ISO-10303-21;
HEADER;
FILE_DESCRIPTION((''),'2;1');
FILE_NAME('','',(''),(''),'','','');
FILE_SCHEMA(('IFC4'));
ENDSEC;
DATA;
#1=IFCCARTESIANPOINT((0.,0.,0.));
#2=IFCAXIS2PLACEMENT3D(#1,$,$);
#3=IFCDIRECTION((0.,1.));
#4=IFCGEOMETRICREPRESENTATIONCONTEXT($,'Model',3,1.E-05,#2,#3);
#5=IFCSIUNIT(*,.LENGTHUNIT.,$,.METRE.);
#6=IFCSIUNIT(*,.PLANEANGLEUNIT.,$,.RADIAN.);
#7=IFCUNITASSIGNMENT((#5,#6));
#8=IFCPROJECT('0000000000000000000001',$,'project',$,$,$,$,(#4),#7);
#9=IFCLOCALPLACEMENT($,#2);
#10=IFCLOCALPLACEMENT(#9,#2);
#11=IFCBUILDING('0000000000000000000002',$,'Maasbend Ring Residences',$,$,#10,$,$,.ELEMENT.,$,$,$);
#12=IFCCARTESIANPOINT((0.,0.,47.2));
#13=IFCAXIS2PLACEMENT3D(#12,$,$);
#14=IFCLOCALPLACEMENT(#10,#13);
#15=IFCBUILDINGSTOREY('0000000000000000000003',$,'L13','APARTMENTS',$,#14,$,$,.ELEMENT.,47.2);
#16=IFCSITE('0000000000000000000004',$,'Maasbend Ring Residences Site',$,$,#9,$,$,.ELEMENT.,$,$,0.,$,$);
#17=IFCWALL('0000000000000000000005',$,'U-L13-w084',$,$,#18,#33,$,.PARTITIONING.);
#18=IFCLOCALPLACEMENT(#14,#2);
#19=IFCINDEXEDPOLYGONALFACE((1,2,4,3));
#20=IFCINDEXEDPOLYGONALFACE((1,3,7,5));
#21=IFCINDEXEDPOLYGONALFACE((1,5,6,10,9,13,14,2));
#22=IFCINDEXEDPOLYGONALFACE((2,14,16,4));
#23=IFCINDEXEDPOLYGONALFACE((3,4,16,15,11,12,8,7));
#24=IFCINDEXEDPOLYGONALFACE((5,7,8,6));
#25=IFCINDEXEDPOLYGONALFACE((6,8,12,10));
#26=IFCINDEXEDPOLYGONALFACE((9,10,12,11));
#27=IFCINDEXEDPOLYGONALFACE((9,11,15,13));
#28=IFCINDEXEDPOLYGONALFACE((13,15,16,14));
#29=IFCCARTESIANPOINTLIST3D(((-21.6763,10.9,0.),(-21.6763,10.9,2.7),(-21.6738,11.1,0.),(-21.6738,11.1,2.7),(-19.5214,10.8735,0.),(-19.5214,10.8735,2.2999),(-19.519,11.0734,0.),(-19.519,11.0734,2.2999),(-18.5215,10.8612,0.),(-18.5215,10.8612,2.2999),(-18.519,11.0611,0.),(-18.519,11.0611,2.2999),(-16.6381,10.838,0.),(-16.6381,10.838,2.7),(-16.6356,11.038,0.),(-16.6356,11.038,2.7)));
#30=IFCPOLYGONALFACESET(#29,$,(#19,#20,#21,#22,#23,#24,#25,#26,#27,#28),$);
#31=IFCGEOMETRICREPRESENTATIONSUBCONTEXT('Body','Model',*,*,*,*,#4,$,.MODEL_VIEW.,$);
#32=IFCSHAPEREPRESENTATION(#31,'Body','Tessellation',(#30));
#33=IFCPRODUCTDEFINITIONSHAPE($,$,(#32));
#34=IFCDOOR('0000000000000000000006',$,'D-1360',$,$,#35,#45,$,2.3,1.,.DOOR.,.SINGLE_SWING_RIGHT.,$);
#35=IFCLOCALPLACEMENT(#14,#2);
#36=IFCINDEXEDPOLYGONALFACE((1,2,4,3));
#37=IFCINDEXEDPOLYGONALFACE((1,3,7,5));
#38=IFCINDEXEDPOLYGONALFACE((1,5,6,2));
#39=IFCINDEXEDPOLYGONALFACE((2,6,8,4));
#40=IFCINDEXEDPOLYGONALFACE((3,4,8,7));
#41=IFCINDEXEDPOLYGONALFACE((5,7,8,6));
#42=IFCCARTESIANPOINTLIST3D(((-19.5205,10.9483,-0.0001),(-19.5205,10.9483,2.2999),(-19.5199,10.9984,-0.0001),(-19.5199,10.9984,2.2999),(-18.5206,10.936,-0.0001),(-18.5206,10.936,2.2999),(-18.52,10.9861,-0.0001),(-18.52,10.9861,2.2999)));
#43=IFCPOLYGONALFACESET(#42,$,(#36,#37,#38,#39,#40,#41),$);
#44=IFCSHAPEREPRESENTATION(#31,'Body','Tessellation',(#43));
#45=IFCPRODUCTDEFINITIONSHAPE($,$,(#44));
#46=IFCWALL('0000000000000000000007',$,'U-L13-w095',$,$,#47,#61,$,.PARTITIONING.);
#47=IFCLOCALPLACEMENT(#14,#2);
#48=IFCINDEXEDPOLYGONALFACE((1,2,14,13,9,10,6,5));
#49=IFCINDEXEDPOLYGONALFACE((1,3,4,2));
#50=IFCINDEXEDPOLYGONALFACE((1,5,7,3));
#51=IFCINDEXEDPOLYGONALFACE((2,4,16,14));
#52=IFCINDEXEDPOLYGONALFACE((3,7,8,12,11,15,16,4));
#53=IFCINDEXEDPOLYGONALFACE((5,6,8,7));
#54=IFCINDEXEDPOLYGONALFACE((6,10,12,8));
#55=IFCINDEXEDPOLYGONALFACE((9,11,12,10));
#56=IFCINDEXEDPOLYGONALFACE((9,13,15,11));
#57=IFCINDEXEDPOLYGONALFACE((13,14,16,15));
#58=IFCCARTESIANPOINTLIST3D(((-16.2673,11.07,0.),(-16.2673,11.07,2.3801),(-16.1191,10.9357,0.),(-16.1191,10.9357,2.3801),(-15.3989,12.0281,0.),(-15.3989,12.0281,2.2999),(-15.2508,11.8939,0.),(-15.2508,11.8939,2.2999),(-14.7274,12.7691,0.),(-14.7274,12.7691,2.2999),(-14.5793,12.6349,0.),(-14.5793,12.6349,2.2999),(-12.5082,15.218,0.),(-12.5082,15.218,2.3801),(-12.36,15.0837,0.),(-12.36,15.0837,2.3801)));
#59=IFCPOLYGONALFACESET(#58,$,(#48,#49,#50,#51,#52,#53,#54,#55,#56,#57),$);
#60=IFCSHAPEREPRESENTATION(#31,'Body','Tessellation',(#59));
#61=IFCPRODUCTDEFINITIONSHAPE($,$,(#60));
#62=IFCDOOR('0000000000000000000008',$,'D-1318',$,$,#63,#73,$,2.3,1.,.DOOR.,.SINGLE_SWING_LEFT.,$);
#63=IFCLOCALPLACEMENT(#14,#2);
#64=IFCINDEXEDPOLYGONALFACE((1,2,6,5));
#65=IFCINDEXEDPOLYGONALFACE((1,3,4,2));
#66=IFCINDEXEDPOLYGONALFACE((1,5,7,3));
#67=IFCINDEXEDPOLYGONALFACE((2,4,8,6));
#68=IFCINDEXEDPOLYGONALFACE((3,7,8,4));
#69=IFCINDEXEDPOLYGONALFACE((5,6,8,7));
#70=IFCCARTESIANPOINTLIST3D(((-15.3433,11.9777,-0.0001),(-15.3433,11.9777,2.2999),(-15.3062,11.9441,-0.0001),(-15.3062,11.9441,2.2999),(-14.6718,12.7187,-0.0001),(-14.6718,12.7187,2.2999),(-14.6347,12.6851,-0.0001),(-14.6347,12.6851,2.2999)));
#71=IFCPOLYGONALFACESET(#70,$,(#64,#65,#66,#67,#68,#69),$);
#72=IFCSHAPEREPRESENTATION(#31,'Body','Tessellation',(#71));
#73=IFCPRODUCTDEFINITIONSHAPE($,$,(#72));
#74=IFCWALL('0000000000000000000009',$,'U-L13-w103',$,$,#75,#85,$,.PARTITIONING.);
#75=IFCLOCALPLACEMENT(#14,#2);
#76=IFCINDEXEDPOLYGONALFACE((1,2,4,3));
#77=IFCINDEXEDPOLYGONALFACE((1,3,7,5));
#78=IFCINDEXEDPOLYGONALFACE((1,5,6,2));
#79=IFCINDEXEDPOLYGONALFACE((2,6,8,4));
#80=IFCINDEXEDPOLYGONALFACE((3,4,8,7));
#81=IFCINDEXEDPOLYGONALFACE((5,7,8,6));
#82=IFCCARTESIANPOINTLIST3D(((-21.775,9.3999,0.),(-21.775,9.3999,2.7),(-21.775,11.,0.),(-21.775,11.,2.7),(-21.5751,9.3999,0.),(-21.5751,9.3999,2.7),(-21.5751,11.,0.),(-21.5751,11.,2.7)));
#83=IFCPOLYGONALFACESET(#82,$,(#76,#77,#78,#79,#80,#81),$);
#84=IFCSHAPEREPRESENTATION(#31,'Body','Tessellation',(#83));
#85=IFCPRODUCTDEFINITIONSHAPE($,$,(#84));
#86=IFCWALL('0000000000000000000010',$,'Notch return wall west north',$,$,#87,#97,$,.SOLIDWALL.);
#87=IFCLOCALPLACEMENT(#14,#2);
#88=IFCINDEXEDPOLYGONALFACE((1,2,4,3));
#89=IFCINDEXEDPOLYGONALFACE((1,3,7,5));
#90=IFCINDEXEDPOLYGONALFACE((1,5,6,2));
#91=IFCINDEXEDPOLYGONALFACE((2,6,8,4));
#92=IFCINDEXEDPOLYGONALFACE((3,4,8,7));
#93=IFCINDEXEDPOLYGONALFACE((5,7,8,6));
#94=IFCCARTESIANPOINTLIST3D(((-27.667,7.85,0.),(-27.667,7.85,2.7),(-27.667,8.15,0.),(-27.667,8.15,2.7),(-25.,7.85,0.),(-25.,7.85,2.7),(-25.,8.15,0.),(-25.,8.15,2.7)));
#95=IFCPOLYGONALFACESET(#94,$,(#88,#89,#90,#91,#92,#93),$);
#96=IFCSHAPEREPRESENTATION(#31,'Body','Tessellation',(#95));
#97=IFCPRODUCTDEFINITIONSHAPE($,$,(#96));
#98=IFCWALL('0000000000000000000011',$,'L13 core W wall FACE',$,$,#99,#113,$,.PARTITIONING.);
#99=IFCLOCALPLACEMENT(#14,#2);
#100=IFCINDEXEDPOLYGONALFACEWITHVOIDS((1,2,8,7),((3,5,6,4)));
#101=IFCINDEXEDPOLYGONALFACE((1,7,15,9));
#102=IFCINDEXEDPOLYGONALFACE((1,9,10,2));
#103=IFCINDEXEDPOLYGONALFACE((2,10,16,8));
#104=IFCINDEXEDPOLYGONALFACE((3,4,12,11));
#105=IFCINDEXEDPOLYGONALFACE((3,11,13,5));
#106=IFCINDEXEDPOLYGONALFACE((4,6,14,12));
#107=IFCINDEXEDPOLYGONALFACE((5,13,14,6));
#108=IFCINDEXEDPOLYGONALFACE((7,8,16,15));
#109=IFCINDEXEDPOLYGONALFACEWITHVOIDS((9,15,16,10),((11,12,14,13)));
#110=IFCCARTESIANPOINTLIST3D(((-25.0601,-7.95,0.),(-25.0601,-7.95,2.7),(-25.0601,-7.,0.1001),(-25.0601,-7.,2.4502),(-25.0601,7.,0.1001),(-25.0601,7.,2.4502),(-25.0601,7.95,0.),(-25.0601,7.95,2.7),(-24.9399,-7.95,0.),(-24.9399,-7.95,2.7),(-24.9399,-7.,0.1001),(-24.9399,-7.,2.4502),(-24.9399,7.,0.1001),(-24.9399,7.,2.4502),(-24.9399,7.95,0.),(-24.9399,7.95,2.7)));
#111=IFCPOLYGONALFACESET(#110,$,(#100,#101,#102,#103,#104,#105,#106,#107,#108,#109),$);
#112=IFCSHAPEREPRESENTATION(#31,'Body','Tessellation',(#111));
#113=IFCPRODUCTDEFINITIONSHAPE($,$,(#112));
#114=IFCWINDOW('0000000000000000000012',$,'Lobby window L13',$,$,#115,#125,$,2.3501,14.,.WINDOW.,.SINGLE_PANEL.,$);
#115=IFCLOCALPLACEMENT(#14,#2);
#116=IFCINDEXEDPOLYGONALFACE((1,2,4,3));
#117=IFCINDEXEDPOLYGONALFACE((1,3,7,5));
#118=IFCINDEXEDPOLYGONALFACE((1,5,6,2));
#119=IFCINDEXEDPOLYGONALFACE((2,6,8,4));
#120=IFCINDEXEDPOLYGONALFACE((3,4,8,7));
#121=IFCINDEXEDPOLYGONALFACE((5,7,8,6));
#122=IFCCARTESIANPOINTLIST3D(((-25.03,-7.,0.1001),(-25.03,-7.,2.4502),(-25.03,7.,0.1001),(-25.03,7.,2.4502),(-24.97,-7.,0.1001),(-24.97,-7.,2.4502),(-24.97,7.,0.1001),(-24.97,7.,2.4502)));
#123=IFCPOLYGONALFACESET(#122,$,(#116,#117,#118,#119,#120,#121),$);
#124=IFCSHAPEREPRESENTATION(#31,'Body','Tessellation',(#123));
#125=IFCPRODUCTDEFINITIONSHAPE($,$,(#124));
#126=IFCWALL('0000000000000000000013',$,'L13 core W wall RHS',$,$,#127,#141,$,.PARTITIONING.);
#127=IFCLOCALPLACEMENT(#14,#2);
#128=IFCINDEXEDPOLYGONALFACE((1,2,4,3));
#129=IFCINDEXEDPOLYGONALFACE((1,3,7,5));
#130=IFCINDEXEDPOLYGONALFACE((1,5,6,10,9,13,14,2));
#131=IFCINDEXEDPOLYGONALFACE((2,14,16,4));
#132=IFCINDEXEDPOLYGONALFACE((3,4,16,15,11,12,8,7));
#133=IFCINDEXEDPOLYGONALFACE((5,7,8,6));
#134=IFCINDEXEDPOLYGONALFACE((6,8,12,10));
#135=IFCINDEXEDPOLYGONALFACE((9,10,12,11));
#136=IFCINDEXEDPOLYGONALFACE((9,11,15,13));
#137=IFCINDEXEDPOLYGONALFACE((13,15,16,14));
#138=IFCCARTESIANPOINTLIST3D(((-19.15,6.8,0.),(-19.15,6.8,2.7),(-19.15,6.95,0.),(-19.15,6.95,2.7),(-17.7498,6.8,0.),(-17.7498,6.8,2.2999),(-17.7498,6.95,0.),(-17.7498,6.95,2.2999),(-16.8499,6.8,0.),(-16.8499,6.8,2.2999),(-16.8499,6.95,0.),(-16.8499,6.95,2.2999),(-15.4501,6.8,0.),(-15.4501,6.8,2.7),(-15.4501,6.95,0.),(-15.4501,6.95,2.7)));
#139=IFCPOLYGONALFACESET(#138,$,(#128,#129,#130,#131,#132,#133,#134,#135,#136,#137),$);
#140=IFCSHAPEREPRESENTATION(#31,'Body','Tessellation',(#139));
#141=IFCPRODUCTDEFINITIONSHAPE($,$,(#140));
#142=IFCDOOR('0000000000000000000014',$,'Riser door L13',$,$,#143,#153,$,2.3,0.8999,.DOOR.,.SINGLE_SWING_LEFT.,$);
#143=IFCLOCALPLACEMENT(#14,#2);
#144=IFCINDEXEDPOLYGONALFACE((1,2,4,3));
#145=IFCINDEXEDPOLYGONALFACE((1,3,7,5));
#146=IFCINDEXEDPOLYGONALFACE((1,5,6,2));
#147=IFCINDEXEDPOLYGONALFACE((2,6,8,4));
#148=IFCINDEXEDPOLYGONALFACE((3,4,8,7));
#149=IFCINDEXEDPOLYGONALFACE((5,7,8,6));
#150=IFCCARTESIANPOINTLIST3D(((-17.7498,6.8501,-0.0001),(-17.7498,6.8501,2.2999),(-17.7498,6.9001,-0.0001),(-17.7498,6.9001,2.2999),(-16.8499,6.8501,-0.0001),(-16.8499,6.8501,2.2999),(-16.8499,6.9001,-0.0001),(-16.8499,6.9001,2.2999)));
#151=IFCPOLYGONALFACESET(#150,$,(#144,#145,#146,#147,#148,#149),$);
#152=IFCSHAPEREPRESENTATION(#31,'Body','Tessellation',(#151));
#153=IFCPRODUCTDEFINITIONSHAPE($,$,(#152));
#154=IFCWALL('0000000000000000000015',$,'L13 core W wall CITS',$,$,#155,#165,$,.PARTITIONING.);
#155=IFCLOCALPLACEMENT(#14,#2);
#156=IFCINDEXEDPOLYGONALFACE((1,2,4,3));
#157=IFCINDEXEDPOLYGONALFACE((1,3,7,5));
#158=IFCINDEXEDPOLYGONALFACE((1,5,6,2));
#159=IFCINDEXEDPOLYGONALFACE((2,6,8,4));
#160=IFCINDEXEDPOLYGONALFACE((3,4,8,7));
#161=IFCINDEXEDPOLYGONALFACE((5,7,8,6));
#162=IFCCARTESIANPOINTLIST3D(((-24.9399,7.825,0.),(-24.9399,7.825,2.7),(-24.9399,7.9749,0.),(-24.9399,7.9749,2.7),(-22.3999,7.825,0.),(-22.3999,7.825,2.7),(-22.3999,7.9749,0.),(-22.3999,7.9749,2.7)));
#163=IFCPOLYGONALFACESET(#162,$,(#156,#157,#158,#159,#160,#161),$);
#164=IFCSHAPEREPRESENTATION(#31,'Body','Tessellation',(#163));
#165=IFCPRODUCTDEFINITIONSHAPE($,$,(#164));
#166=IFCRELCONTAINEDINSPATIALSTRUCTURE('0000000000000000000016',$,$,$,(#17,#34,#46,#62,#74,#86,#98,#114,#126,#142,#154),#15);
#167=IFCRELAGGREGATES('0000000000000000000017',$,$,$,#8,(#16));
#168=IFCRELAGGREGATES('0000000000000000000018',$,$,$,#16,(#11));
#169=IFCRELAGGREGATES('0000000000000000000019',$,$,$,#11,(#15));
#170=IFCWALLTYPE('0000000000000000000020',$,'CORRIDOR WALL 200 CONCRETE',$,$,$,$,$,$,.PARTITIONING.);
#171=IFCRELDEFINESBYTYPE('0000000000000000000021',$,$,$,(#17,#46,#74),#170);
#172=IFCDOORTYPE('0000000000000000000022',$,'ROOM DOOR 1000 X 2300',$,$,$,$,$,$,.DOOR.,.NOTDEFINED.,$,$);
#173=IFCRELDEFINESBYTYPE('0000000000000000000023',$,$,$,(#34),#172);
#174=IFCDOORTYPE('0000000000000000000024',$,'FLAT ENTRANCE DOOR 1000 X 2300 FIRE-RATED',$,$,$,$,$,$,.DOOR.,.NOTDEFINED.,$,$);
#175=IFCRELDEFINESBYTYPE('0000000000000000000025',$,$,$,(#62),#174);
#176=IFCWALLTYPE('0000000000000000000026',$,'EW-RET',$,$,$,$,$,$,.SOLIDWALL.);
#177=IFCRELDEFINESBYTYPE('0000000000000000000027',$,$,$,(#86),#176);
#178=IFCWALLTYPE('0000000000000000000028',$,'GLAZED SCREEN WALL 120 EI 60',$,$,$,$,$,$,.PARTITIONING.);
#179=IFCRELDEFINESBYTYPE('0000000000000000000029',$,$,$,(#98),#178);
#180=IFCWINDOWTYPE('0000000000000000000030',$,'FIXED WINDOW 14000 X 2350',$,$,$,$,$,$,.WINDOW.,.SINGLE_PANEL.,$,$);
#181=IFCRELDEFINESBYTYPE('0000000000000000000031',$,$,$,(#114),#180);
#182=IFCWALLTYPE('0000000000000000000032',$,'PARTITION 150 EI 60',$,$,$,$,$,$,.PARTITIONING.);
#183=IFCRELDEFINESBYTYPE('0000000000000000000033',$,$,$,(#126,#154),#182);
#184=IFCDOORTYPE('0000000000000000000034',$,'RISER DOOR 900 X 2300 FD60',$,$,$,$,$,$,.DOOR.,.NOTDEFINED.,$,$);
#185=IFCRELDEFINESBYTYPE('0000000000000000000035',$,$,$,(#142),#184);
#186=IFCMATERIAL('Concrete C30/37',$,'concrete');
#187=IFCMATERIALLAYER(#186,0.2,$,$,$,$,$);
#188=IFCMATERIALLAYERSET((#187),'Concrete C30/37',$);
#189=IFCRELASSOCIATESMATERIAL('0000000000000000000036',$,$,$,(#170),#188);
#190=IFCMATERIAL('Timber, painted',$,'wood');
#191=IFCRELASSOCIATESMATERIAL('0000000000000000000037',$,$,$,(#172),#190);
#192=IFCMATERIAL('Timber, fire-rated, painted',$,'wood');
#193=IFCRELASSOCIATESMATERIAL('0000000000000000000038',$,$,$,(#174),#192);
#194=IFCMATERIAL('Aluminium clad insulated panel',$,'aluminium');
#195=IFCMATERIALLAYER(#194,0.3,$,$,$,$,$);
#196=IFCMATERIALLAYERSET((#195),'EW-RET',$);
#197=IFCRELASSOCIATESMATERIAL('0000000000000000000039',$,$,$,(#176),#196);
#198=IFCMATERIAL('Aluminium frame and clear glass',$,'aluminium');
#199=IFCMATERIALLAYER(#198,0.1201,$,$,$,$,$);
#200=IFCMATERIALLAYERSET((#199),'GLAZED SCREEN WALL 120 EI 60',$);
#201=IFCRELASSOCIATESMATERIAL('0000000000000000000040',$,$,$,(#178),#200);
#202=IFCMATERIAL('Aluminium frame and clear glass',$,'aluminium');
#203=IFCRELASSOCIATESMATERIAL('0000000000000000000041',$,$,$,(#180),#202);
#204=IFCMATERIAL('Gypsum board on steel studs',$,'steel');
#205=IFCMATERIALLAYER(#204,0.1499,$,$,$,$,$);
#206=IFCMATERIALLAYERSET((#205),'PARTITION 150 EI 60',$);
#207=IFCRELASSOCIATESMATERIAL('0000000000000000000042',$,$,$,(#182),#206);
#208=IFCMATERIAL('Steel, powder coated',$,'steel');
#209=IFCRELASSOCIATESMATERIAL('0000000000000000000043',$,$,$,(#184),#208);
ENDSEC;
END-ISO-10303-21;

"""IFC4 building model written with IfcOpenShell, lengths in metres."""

from ifc_helpers import new_model, si_unit, direction, frame, frame_2d, origin, place, context, subcontext, project, spatial, rectangle, extrude, material, layer, layer_set, type_object, element, fill, save


model = new_model("IFC4")

# Units and contexts
model_context = context("Model", 3, precision=1e-05, world=origin(), true_north=direction((0.0, 1.0)))
body_context = subcontext(model_context, "Body", "Model", "MODEL_VIEW")
ifc_project = project(units=[si_unit("LENGTHUNIT", "METRE"), si_unit("PLANEANGLEUNIT", "RADIAN")], contexts=[model_context])

# Site, building, storey
site_placement = place(None, origin())
site = spatial("IfcSite", under=ifc_project, at=site_placement, Name="Maasbend Ring Residences Site", CompositionType="ELEMENT", RefElevation=0.0)
building_placement = place(site_placement, origin())
building = spatial("IfcBuilding", under=site, at=building_placement, Name="Maasbend Ring Residences", CompositionType="ELEMENT")
storey_placement = place(building_placement, frame((0.0, 0.0, 47.2)))
storey = spatial("IfcBuildingStorey", under=building, at=storey_placement, Name="L13", Description="APARTMENTS", CompositionType="ELEMENT", Elevation=47.2)

# Walls, openings, doors
ifc_material_1 = material(Name="Concrete C30/37", Category="concrete")
ifc_layer_1 = layer(ifc_material_1, 0.2)
ifc_layer_set_1 = layer_set([ifc_layer_1], Name="Concrete C30/37")
wall_type_1 = type_object("IfcWallType", Name="CORRIDOR WALL 200 CONCRETE", PredefinedType="PARTITIONING", material=ifc_layer_set_1)
wall_1_placement = place(storey_placement, frame((-21.675, 11.0, 0.0), z_axis=(0.0, 0.0, 1.0), x_axis=(0.999924, -0.012308, 0.0)))
wall_1 = element("IfcWall", 1, at=wall_1_placement, inside=storey, type_object=wall_type_1, Name="U-L13-w084", PredefinedType="PARTITIONING", context=body_context, shape_type="SweptSolid", body=[
    extrude(rectangle(XDim=5.0386, YDim=0.2, at=frame_2d((2.5193, 0.0))), origin(), (0.0, 0.0, 1.0), 2.7),
])
opening_1_placement = place(wall_1_placement, frame((2.155, 0.0, 0.0)))
opening_1 = element("IfcOpeningElement", 2, at=opening_1_placement, cuts=wall_1, PredefinedType="OPENING", context=body_context, shape_type="SweptSolid", body=[
    extrude(rectangle(XDim=1.0, YDim=2.3, at=frame_2d((0.5, 1.1499))), frame((0.0, 0.1099, 0.0), z_axis=(0.0, -1.0, 0.0), x_axis=(1.0, 0.0, 0.0)), (0.0, 0.0, 1.0), 0.22),
])
ifc_material_2 = material(Name="Timber, painted", Category="wood")
door_type_1 = type_object("IfcDoorType", Name="ROOM DOOR 1000 X 2300", OperationType="NOTDEFINED", PredefinedType="DOOR", material=ifc_material_2)
door_1_placement = place(opening_1_placement, origin())
door_1 = element("IfcDoor", 3, at=door_1_placement, inside=storey, type_object=door_type_1, Name="D-1360", OperationType="SINGLE_SWING_RIGHT", OverallHeight=2.3, OverallWidth=1.0, PredefinedType="DOOR", context=body_context, shape_type="SweptSolid", body=[
    extrude(rectangle(XDim=1.0, YDim=2.3, at=frame_2d((0.5, 1.1499))), frame((0.0, 0.0249, 0.0), z_axis=(0.0, -1.0, 0.0), x_axis=(1.0, 0.0, 0.0)), (0.0, 0.0, 1.0), 0.05),
])
fill(opening_1, door_1)
wall_2_placement = place(storey_placement, frame((-16.1931, 11.0029, 0.0), z_axis=(0.0, 0.0, 1.0), x_axis=(0.671515, 0.740991, 0.0)))
wall_2 = element("IfcWall", 4, at=wall_2_placement, inside=storey, type_object=wall_type_1, Name="U-L13-w095", PredefinedType="PARTITIONING", context=body_context, shape_type="SweptSolid", body=[
    extrude(rectangle(XDim=5.5979, YDim=0.2, at=frame_2d((2.7988, 0.0))), origin(), (0.0, 0.0, 1.0), 2.3801),
])
opening_2_placement = place(wall_2_placement, frame((1.293, 0.0, 0.0)))
opening_2 = element("IfcOpeningElement", 5, at=opening_2_placement, cuts=wall_2, PredefinedType="OPENING", context=body_context, shape_type="SweptSolid", body=[
    extrude(rectangle(XDim=1.0, YDim=2.3, at=frame_2d((0.5, 1.1499))), frame((0.0, 0.1099, 0.0), z_axis=(0.0, -1.0, 0.0), x_axis=(1.0, 0.0, 0.0)), (0.0, 0.0, 1.0), 0.22),
])
ifc_material_3 = material(Name="Timber, fire-rated, painted", Category="wood")
door_type_2 = type_object("IfcDoorType", Name="FLAT ENTRANCE DOOR 1000 X 2300 FIRE-RATED", OperationType="NOTDEFINED", PredefinedType="DOOR", material=ifc_material_3)
door_2_placement = place(opening_2_placement, origin())
door_2 = element("IfcDoor", 6, at=door_2_placement, inside=storey, type_object=door_type_2, Name="D-1318", OperationType="SINGLE_SWING_LEFT", OverallHeight=2.3, OverallWidth=1.0, PredefinedType="DOOR", context=body_context, shape_type="SweptSolid", body=[
    extrude(rectangle(XDim=1.0, YDim=2.3, at=frame_2d((0.5, 1.1499))), frame((0.0, 0.0249, 0.0), z_axis=(0.0, -1.0, 0.0), x_axis=(1.0, 0.0, 0.0)), (0.0, 0.0, 1.0), 0.05),
])
fill(opening_2, door_2)

# Walls
wall_3_placement = place(storey_placement, frame((-21.675, 9.3999, 0.0), z_axis=(0.0, 0.0, 1.0), x_axis=(0.0, 1.0, 0.0)))
element("IfcWall", 7, at=wall_3_placement, inside=storey, type_object=wall_type_1, Name="U-L13-w103", PredefinedType="PARTITIONING", context=body_context, shape_type="SweptSolid", body=[
    extrude(rectangle(XDim=1.6001, YDim=0.2, at=frame_2d((0.8, 0.0))), origin(), (0.0, 0.0, 1.0), 2.7),
])
ifc_material_4 = material(Name="Aluminium clad insulated panel", Category="aluminium")
ifc_layer_2 = layer(ifc_material_4, 0.3)
ifc_layer_set_2 = layer_set([ifc_layer_2], Name="EW-RET")
wall_type_2 = type_object("IfcWallType", Name="EW-RET", PredefinedType="SOLIDWALL", material=ifc_layer_set_2)
wall_4_placement = place(storey_placement, frame((-25.0, 8.0, 0.0), z_axis=(0.0, 0.0, 1.0), x_axis=(-1.0, 0.0, 0.0)))
element("IfcWall", 8, at=wall_4_placement, inside=storey, type_object=wall_type_2, Name="Notch return wall west north", PredefinedType="SOLIDWALL", context=body_context, shape_type="SweptSolid", body=[
    extrude(rectangle(XDim=2.667, YDim=0.3, at=frame_2d((1.3335, 0.0))), origin(), (0.0, 0.0, 1.0), 2.7),
])

# Wall, opening, window
ifc_material_5 = material(Name="Aluminium frame and clear glass", Category="aluminium")
ifc_layer_3 = layer(ifc_material_5, 0.1201)
ifc_layer_set_3 = layer_set([ifc_layer_3], Name="GLAZED SCREEN WALL 120 EI 60")
wall_type_3 = type_object("IfcWallType", Name="GLAZED SCREEN WALL 120 EI 60", PredefinedType="PARTITIONING", material=ifc_layer_set_3)
wall_5_placement = place(storey_placement, frame((-25.0, 7.95, 0.0), z_axis=(0.0, 0.0, 1.0), x_axis=(0.0, -1.0, 0.0)))
wall_5 = element("IfcWall", 9, at=wall_5_placement, inside=storey, type_object=wall_type_3, Name="L13 core W wall FACE", PredefinedType="PARTITIONING", context=body_context, shape_type="SweptSolid", body=[
    extrude(rectangle(XDim=15.8999, YDim=0.1201, at=frame_2d((7.95, 0.0))), origin(), (0.0, 0.0, 1.0), 2.7),
])
opening_3_placement = place(wall_5_placement, frame((0.95, 0.0, 0.1001)))
opening_3 = element("IfcOpeningElement", 10, at=opening_3_placement, cuts=wall_5, PredefinedType="OPENING", context=body_context, shape_type="SweptSolid", body=[
    extrude(rectangle(XDim=14.0, YDim=2.3501, at=frame_2d((7.0, 1.175))), frame((0.0, 0.0701, 0.0), z_axis=(0.0, -1.0, 0.0), x_axis=(1.0, 0.0, 0.0)), (0.0, 0.0, 1.0), 0.1401),
])
ifc_material_6 = material(Name="Aluminium frame and clear glass", Category="aluminium")
window_type = type_object("IfcWindowType", Name="FIXED WINDOW 14000 X 2350", PartitioningType="SINGLE_PANEL", PredefinedType="WINDOW", material=ifc_material_6)
window_placement = place(opening_3_placement, origin())
window = element("IfcWindow", 11, at=window_placement, inside=storey, type_object=window_type, Name="Lobby window L13", OverallHeight=2.3501, OverallWidth=14.0, PartitioningType="SINGLE_PANEL", PredefinedType="WINDOW", context=body_context, shape_type="SweptSolid", body=[
    extrude(rectangle(XDim=14.0, YDim=2.3501, at=frame_2d((7.0, 1.175))), frame((0.0, 0.03, 0.0), z_axis=(0.0, -1.0, 0.0), x_axis=(1.0, 0.0, 0.0)), (0.0, 0.0, 1.0), 0.0601),
])
fill(opening_3, window)

# Wall, opening, door
ifc_material_7 = material(Name="Gypsum board on steel studs", Category="steel")
ifc_layer_4 = layer(ifc_material_7, 0.1499)
ifc_layer_set_4 = layer_set([ifc_layer_4], Name="PARTITION 150 EI 60")
wall_type_4 = type_object("IfcWallType", Name="PARTITION 150 EI 60", PredefinedType="PARTITIONING", material=ifc_layer_set_4)
wall_6_placement = place(storey_placement, frame((-15.45, 6.875, 0.0), z_axis=(0.0, 0.0, 1.0), x_axis=(-1.0, 0.0, 0.0)))
wall_6 = element("IfcWall", 12, at=wall_6_placement, inside=storey, type_object=wall_type_4, Name="L13 core W wall RHS", PredefinedType="PARTITIONING", context=body_context, shape_type="SweptSolid", body=[
    extrude(rectangle(XDim=3.7, YDim=0.1499, at=frame_2d((1.8501, 0.0))), origin(), (0.0, 0.0, 1.0), 2.7),
])
opening_4_placement = place(wall_6_placement, frame((1.3999, 0.0, 0.0)))
opening_4 = element("IfcOpeningElement", 13, at=opening_4_placement, cuts=wall_6, PredefinedType="OPENING", context=body_context, shape_type="SweptSolid", body=[
    extrude(rectangle(XDim=0.8999, YDim=2.3, at=frame_2d((0.45, 1.1499))), frame((0.0, 0.085, 0.0), z_axis=(0.0, -1.0, 0.0), x_axis=(1.0, 0.0, 0.0)), (0.0, 0.0, 1.0), 0.1699),
])
ifc_material_8 = material(Name="Steel, powder coated", Category="steel")
door_type_3 = type_object("IfcDoorType", Name="RISER DOOR 900 X 2300 FD60", OperationType="NOTDEFINED", PredefinedType="DOOR", material=ifc_material_8)
door_3_placement = place(opening_4_placement, origin())
door_3 = element("IfcDoor", 14, at=door_3_placement, inside=storey, type_object=door_type_3, Name="Riser door L13", OperationType="SINGLE_SWING_LEFT", OverallHeight=2.3, OverallWidth=0.8999, PredefinedType="DOOR", context=body_context, shape_type="SweptSolid", body=[
    extrude(rectangle(XDim=0.8999, YDim=2.3, at=frame_2d((0.45, 1.1499))), frame((0.0, 0.0249, 0.0), z_axis=(0.0, -1.0, 0.0), x_axis=(1.0, 0.0, 0.0)), (0.0, 0.0, 1.0), 0.05),
])
fill(opening_4, door_3)

# Wall
wall_7_placement = place(storey_placement, frame((-22.3999, 7.8999, 0.0), z_axis=(0.0, 0.0, 1.0), x_axis=(-1.0, 0.0, 0.0)))
element("IfcWall", 15, at=wall_7_placement, inside=storey, type_object=wall_type_4, Name="L13 core W wall CITS", PredefinedType="PARTITIONING", context=body_context, shape_type="SweptSolid", body=[
    extrude(rectangle(XDim=2.54, YDim=0.1499, at=frame_2d((1.27, 0.0))), origin(), (0.0, 0.0, 1.0), 2.7),
])

save(model, "model.ifc")
